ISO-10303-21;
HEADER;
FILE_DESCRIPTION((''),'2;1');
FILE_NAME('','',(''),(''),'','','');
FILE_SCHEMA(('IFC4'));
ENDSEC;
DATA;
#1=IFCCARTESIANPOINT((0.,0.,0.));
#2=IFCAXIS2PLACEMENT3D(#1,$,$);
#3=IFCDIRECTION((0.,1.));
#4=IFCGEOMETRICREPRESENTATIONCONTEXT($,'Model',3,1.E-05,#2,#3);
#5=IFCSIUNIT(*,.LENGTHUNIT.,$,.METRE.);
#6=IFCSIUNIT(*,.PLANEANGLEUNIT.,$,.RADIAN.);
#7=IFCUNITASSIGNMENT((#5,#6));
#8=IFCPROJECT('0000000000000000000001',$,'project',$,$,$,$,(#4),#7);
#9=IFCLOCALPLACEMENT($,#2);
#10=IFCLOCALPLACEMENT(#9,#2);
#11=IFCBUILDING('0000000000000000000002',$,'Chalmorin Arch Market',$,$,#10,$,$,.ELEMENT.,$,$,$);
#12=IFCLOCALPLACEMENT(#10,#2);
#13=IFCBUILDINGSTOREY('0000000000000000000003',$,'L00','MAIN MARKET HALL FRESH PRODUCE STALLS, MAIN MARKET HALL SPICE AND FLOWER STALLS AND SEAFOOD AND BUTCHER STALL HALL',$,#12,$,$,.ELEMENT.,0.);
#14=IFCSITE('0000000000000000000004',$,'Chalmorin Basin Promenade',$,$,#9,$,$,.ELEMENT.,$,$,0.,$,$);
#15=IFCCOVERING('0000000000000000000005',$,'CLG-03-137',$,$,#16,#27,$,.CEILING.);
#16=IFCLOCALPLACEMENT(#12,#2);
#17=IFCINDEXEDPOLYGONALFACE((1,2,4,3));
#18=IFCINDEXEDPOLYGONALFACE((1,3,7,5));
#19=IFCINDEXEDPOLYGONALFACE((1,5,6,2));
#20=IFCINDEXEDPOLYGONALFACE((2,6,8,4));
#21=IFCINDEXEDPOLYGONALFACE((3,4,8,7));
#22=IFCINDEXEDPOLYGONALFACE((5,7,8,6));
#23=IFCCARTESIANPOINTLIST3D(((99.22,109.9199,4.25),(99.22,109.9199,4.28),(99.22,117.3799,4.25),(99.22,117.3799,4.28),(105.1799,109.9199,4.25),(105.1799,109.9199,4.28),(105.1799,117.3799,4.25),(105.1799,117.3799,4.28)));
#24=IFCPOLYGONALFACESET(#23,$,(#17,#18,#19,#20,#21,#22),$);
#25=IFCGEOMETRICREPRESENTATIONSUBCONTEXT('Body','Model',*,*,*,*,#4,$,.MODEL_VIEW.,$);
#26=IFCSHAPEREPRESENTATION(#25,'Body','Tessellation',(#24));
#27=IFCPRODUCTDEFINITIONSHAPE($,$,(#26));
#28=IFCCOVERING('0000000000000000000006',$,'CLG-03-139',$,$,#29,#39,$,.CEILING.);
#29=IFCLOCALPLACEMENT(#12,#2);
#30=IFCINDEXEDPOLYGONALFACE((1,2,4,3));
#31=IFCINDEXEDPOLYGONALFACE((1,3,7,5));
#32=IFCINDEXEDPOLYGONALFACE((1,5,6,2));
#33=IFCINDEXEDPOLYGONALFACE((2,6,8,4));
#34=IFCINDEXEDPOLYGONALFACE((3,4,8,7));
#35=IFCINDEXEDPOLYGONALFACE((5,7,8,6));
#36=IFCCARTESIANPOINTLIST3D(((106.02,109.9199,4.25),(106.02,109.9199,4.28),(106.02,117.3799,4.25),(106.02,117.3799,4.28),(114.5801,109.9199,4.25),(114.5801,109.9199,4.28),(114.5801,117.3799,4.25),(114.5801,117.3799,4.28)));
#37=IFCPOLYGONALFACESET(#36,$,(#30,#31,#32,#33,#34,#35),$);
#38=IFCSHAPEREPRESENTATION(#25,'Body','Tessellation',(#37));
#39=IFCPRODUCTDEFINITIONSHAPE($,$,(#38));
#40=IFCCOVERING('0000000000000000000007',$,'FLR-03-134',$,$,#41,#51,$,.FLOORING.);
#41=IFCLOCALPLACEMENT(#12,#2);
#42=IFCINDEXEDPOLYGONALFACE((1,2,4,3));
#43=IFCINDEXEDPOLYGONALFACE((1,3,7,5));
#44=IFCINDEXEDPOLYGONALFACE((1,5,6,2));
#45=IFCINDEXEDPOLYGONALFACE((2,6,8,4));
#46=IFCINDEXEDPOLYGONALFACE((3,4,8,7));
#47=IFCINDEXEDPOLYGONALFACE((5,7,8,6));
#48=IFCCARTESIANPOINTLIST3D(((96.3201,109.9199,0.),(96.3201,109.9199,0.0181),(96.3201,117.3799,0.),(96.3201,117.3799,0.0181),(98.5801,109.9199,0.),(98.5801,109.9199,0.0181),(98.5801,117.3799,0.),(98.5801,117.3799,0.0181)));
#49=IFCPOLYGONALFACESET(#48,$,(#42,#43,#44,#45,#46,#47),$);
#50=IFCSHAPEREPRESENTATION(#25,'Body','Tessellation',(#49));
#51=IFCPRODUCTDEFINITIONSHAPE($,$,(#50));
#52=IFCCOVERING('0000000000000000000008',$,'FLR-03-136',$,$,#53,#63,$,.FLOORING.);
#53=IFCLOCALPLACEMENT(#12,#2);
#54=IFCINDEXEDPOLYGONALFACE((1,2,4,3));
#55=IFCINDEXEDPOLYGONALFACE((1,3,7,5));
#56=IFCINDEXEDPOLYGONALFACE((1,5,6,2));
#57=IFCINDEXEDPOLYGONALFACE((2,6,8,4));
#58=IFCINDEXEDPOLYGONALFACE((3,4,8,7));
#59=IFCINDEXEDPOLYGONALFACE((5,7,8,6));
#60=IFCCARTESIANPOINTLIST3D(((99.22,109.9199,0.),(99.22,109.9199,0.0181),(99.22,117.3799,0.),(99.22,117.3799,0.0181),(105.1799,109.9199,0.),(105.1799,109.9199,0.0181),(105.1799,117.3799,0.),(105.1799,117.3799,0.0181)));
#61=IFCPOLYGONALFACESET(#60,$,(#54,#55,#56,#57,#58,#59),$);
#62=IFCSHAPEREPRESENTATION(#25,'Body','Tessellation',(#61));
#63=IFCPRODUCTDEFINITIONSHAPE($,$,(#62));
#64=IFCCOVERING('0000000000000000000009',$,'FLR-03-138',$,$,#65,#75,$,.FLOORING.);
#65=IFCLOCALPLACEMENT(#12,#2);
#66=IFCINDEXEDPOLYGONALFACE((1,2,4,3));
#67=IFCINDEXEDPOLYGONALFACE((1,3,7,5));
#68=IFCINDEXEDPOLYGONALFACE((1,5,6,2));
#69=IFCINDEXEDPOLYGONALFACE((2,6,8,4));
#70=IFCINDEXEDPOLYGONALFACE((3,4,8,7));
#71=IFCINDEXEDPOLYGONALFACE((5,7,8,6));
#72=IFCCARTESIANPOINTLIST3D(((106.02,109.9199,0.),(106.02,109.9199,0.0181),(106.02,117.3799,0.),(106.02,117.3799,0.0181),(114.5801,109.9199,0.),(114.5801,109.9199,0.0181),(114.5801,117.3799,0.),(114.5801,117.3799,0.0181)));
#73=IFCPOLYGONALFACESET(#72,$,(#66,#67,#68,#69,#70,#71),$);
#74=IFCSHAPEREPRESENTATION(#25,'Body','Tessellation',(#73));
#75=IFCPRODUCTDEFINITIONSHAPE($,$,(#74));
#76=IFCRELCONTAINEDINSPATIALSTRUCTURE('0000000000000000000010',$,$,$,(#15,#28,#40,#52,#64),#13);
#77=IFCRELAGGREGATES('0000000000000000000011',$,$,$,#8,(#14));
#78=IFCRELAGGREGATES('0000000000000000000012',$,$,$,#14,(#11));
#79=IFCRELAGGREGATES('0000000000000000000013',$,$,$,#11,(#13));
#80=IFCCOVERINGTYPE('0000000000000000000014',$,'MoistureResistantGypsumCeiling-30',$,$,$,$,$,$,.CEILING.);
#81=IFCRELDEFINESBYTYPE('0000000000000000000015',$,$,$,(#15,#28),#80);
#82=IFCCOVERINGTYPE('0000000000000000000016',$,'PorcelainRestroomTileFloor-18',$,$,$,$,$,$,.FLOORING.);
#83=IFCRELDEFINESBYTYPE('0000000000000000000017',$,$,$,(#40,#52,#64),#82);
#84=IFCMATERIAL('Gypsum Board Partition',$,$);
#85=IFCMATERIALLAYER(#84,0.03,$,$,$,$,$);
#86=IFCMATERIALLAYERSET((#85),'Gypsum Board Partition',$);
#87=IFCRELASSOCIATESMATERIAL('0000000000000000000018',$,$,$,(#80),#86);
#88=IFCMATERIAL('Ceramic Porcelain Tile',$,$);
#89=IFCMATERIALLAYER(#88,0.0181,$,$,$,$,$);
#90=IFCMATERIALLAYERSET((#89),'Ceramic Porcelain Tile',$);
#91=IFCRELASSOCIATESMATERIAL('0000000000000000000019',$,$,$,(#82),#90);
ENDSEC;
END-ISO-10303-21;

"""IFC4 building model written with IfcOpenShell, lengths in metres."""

from ifc_helpers import new_model, si_unit, direction, frame, origin, place, context, subcontext, project, spatial, polyline, outline, extrude, material, layer, layer_set, type_object, element, save


model = new_model("IFC4")

# Units and contexts
model_context = context("Model", 3, precision=1e-05, world=origin(), true_north=direction((0.0, 1.0)))
body_context = subcontext(model_context, "Body", "Model", "MODEL_VIEW")
ifc_project = project(units=[si_unit("LENGTHUNIT", "METRE"), si_unit("PLANEANGLEUNIT", "RADIAN")], contexts=[model_context])

# Site, building, storey
site_placement = place(None, origin())
site = spatial("IfcSite", under=ifc_project, at=site_placement, Name="Chalmorin Basin Promenade", CompositionType="ELEMENT", RefElevation=0.0)
building_placement = place(site_placement, origin())
building = spatial("IfcBuilding", under=site, at=building_placement, Name="Chalmorin Arch Market", CompositionType="ELEMENT")
storey_placement = place(building_placement, origin())
storey = spatial("IfcBuildingStorey", under=building, at=storey_placement, Name="L00", Description="MAIN MARKET HALL FRESH PRODUCE STALLS, MAIN MARKET HALL SPICE AND FLOWER STALLS AND SEAFOOD AND BUTCHER STALL HALL", CompositionType="ELEMENT", Elevation=0.0)

# Coverings
ifc_material_1 = material(Name="Gypsum Board Partition")
ifc_layer_1 = layer(ifc_material_1, 0.03)
ifc_layer_set_1 = layer_set([ifc_layer_1], Name="Gypsum Board Partition")
covering_type_1 = type_object("IfcCoveringType", Name="MoistureResistantGypsumCeiling-30", PredefinedType="CEILING", material=ifc_layer_set_1)
covering_1_placement = place(storey_placement, frame((0.0, 0.0, 4.25)))
element("IfcCovering", 1, at=covering_1_placement, inside=storey, type_object=covering_type_1, Name="CLG-03-137", PredefinedType="CEILING", context=body_context, shape_type="SweptSolid", body=[
    extrude(outline(polyline([(99.22, 109.9199), (105.1799, 109.9199), (105.1799, 117.3799), (99.22, 117.3799), (99.22, 109.9199)])), origin(), (0.0, 0.0, 1.0), 0.03),
])
covering_2_placement = place(storey_placement, frame((0.0, 0.0, 4.25)))
element("IfcCovering", 2, at=covering_2_placement, inside=storey, type_object=covering_type_1, Name="CLG-03-139", PredefinedType="CEILING", context=body_context, shape_type="SweptSolid", body=[
    extrude(outline(polyline([(106.02, 109.9199), (114.5801, 109.9199), (114.5801, 117.3799), (106.02, 117.3799), (106.02, 109.9199)])), origin(), (0.0, 0.0, 1.0), 0.03),
])
ifc_material_2 = material(Name="Ceramic Porcelain Tile")
ifc_layer_2 = layer(ifc_material_2, 0.0181)
ifc_layer_set_2 = layer_set([ifc_layer_2], Name="Ceramic Porcelain Tile")
covering_type_2 = type_object("IfcCoveringType", Name="PorcelainRestroomTileFloor-18", PredefinedType="FLOORING", material=ifc_layer_set_2)
covering_3_placement = place(storey_placement, origin())
element("IfcCovering", 3, at=covering_3_placement, inside=storey, type_object=covering_type_2, Name="FLR-03-134", PredefinedType="FLOORING", context=body_context, shape_type="SweptSolid", body=[
    extrude(outline(polyline([(96.3201, 109.9199), (98.5801, 109.9199), (98.5801, 117.3799), (96.3201, 117.3799), (96.3201, 109.9199)])), origin(), (0.0, 0.0, 1.0), 0.0181),
])
covering_4_placement = place(storey_placement, origin())
element("IfcCovering", 4, at=covering_4_placement, inside=storey, type_object=covering_type_2, Name="FLR-03-136", PredefinedType="FLOORING", context=body_context, shape_type="SweptSolid", body=[
    extrude(outline(polyline([(99.22, 109.9199), (105.1799, 109.9199), (105.1799, 117.3799), (99.22, 117.3799), (99.22, 109.9199)])), origin(), (0.0, 0.0, 1.0), 0.0181),
])
covering_5_placement = place(storey_placement, origin())
element("IfcCovering", 5, at=covering_5_placement, inside=storey, type_object=covering_type_2, Name="FLR-03-138", PredefinedType="FLOORING", context=body_context, shape_type="SweptSolid", body=[
    extrude(outline(polyline([(106.02, 109.9199), (114.5801, 109.9199), (114.5801, 117.3799), (106.02, 117.3799), (106.02, 109.9199)])), origin(), (0.0, 0.0, 1.0), 0.0181),
])

save(model, "model.ifc")
